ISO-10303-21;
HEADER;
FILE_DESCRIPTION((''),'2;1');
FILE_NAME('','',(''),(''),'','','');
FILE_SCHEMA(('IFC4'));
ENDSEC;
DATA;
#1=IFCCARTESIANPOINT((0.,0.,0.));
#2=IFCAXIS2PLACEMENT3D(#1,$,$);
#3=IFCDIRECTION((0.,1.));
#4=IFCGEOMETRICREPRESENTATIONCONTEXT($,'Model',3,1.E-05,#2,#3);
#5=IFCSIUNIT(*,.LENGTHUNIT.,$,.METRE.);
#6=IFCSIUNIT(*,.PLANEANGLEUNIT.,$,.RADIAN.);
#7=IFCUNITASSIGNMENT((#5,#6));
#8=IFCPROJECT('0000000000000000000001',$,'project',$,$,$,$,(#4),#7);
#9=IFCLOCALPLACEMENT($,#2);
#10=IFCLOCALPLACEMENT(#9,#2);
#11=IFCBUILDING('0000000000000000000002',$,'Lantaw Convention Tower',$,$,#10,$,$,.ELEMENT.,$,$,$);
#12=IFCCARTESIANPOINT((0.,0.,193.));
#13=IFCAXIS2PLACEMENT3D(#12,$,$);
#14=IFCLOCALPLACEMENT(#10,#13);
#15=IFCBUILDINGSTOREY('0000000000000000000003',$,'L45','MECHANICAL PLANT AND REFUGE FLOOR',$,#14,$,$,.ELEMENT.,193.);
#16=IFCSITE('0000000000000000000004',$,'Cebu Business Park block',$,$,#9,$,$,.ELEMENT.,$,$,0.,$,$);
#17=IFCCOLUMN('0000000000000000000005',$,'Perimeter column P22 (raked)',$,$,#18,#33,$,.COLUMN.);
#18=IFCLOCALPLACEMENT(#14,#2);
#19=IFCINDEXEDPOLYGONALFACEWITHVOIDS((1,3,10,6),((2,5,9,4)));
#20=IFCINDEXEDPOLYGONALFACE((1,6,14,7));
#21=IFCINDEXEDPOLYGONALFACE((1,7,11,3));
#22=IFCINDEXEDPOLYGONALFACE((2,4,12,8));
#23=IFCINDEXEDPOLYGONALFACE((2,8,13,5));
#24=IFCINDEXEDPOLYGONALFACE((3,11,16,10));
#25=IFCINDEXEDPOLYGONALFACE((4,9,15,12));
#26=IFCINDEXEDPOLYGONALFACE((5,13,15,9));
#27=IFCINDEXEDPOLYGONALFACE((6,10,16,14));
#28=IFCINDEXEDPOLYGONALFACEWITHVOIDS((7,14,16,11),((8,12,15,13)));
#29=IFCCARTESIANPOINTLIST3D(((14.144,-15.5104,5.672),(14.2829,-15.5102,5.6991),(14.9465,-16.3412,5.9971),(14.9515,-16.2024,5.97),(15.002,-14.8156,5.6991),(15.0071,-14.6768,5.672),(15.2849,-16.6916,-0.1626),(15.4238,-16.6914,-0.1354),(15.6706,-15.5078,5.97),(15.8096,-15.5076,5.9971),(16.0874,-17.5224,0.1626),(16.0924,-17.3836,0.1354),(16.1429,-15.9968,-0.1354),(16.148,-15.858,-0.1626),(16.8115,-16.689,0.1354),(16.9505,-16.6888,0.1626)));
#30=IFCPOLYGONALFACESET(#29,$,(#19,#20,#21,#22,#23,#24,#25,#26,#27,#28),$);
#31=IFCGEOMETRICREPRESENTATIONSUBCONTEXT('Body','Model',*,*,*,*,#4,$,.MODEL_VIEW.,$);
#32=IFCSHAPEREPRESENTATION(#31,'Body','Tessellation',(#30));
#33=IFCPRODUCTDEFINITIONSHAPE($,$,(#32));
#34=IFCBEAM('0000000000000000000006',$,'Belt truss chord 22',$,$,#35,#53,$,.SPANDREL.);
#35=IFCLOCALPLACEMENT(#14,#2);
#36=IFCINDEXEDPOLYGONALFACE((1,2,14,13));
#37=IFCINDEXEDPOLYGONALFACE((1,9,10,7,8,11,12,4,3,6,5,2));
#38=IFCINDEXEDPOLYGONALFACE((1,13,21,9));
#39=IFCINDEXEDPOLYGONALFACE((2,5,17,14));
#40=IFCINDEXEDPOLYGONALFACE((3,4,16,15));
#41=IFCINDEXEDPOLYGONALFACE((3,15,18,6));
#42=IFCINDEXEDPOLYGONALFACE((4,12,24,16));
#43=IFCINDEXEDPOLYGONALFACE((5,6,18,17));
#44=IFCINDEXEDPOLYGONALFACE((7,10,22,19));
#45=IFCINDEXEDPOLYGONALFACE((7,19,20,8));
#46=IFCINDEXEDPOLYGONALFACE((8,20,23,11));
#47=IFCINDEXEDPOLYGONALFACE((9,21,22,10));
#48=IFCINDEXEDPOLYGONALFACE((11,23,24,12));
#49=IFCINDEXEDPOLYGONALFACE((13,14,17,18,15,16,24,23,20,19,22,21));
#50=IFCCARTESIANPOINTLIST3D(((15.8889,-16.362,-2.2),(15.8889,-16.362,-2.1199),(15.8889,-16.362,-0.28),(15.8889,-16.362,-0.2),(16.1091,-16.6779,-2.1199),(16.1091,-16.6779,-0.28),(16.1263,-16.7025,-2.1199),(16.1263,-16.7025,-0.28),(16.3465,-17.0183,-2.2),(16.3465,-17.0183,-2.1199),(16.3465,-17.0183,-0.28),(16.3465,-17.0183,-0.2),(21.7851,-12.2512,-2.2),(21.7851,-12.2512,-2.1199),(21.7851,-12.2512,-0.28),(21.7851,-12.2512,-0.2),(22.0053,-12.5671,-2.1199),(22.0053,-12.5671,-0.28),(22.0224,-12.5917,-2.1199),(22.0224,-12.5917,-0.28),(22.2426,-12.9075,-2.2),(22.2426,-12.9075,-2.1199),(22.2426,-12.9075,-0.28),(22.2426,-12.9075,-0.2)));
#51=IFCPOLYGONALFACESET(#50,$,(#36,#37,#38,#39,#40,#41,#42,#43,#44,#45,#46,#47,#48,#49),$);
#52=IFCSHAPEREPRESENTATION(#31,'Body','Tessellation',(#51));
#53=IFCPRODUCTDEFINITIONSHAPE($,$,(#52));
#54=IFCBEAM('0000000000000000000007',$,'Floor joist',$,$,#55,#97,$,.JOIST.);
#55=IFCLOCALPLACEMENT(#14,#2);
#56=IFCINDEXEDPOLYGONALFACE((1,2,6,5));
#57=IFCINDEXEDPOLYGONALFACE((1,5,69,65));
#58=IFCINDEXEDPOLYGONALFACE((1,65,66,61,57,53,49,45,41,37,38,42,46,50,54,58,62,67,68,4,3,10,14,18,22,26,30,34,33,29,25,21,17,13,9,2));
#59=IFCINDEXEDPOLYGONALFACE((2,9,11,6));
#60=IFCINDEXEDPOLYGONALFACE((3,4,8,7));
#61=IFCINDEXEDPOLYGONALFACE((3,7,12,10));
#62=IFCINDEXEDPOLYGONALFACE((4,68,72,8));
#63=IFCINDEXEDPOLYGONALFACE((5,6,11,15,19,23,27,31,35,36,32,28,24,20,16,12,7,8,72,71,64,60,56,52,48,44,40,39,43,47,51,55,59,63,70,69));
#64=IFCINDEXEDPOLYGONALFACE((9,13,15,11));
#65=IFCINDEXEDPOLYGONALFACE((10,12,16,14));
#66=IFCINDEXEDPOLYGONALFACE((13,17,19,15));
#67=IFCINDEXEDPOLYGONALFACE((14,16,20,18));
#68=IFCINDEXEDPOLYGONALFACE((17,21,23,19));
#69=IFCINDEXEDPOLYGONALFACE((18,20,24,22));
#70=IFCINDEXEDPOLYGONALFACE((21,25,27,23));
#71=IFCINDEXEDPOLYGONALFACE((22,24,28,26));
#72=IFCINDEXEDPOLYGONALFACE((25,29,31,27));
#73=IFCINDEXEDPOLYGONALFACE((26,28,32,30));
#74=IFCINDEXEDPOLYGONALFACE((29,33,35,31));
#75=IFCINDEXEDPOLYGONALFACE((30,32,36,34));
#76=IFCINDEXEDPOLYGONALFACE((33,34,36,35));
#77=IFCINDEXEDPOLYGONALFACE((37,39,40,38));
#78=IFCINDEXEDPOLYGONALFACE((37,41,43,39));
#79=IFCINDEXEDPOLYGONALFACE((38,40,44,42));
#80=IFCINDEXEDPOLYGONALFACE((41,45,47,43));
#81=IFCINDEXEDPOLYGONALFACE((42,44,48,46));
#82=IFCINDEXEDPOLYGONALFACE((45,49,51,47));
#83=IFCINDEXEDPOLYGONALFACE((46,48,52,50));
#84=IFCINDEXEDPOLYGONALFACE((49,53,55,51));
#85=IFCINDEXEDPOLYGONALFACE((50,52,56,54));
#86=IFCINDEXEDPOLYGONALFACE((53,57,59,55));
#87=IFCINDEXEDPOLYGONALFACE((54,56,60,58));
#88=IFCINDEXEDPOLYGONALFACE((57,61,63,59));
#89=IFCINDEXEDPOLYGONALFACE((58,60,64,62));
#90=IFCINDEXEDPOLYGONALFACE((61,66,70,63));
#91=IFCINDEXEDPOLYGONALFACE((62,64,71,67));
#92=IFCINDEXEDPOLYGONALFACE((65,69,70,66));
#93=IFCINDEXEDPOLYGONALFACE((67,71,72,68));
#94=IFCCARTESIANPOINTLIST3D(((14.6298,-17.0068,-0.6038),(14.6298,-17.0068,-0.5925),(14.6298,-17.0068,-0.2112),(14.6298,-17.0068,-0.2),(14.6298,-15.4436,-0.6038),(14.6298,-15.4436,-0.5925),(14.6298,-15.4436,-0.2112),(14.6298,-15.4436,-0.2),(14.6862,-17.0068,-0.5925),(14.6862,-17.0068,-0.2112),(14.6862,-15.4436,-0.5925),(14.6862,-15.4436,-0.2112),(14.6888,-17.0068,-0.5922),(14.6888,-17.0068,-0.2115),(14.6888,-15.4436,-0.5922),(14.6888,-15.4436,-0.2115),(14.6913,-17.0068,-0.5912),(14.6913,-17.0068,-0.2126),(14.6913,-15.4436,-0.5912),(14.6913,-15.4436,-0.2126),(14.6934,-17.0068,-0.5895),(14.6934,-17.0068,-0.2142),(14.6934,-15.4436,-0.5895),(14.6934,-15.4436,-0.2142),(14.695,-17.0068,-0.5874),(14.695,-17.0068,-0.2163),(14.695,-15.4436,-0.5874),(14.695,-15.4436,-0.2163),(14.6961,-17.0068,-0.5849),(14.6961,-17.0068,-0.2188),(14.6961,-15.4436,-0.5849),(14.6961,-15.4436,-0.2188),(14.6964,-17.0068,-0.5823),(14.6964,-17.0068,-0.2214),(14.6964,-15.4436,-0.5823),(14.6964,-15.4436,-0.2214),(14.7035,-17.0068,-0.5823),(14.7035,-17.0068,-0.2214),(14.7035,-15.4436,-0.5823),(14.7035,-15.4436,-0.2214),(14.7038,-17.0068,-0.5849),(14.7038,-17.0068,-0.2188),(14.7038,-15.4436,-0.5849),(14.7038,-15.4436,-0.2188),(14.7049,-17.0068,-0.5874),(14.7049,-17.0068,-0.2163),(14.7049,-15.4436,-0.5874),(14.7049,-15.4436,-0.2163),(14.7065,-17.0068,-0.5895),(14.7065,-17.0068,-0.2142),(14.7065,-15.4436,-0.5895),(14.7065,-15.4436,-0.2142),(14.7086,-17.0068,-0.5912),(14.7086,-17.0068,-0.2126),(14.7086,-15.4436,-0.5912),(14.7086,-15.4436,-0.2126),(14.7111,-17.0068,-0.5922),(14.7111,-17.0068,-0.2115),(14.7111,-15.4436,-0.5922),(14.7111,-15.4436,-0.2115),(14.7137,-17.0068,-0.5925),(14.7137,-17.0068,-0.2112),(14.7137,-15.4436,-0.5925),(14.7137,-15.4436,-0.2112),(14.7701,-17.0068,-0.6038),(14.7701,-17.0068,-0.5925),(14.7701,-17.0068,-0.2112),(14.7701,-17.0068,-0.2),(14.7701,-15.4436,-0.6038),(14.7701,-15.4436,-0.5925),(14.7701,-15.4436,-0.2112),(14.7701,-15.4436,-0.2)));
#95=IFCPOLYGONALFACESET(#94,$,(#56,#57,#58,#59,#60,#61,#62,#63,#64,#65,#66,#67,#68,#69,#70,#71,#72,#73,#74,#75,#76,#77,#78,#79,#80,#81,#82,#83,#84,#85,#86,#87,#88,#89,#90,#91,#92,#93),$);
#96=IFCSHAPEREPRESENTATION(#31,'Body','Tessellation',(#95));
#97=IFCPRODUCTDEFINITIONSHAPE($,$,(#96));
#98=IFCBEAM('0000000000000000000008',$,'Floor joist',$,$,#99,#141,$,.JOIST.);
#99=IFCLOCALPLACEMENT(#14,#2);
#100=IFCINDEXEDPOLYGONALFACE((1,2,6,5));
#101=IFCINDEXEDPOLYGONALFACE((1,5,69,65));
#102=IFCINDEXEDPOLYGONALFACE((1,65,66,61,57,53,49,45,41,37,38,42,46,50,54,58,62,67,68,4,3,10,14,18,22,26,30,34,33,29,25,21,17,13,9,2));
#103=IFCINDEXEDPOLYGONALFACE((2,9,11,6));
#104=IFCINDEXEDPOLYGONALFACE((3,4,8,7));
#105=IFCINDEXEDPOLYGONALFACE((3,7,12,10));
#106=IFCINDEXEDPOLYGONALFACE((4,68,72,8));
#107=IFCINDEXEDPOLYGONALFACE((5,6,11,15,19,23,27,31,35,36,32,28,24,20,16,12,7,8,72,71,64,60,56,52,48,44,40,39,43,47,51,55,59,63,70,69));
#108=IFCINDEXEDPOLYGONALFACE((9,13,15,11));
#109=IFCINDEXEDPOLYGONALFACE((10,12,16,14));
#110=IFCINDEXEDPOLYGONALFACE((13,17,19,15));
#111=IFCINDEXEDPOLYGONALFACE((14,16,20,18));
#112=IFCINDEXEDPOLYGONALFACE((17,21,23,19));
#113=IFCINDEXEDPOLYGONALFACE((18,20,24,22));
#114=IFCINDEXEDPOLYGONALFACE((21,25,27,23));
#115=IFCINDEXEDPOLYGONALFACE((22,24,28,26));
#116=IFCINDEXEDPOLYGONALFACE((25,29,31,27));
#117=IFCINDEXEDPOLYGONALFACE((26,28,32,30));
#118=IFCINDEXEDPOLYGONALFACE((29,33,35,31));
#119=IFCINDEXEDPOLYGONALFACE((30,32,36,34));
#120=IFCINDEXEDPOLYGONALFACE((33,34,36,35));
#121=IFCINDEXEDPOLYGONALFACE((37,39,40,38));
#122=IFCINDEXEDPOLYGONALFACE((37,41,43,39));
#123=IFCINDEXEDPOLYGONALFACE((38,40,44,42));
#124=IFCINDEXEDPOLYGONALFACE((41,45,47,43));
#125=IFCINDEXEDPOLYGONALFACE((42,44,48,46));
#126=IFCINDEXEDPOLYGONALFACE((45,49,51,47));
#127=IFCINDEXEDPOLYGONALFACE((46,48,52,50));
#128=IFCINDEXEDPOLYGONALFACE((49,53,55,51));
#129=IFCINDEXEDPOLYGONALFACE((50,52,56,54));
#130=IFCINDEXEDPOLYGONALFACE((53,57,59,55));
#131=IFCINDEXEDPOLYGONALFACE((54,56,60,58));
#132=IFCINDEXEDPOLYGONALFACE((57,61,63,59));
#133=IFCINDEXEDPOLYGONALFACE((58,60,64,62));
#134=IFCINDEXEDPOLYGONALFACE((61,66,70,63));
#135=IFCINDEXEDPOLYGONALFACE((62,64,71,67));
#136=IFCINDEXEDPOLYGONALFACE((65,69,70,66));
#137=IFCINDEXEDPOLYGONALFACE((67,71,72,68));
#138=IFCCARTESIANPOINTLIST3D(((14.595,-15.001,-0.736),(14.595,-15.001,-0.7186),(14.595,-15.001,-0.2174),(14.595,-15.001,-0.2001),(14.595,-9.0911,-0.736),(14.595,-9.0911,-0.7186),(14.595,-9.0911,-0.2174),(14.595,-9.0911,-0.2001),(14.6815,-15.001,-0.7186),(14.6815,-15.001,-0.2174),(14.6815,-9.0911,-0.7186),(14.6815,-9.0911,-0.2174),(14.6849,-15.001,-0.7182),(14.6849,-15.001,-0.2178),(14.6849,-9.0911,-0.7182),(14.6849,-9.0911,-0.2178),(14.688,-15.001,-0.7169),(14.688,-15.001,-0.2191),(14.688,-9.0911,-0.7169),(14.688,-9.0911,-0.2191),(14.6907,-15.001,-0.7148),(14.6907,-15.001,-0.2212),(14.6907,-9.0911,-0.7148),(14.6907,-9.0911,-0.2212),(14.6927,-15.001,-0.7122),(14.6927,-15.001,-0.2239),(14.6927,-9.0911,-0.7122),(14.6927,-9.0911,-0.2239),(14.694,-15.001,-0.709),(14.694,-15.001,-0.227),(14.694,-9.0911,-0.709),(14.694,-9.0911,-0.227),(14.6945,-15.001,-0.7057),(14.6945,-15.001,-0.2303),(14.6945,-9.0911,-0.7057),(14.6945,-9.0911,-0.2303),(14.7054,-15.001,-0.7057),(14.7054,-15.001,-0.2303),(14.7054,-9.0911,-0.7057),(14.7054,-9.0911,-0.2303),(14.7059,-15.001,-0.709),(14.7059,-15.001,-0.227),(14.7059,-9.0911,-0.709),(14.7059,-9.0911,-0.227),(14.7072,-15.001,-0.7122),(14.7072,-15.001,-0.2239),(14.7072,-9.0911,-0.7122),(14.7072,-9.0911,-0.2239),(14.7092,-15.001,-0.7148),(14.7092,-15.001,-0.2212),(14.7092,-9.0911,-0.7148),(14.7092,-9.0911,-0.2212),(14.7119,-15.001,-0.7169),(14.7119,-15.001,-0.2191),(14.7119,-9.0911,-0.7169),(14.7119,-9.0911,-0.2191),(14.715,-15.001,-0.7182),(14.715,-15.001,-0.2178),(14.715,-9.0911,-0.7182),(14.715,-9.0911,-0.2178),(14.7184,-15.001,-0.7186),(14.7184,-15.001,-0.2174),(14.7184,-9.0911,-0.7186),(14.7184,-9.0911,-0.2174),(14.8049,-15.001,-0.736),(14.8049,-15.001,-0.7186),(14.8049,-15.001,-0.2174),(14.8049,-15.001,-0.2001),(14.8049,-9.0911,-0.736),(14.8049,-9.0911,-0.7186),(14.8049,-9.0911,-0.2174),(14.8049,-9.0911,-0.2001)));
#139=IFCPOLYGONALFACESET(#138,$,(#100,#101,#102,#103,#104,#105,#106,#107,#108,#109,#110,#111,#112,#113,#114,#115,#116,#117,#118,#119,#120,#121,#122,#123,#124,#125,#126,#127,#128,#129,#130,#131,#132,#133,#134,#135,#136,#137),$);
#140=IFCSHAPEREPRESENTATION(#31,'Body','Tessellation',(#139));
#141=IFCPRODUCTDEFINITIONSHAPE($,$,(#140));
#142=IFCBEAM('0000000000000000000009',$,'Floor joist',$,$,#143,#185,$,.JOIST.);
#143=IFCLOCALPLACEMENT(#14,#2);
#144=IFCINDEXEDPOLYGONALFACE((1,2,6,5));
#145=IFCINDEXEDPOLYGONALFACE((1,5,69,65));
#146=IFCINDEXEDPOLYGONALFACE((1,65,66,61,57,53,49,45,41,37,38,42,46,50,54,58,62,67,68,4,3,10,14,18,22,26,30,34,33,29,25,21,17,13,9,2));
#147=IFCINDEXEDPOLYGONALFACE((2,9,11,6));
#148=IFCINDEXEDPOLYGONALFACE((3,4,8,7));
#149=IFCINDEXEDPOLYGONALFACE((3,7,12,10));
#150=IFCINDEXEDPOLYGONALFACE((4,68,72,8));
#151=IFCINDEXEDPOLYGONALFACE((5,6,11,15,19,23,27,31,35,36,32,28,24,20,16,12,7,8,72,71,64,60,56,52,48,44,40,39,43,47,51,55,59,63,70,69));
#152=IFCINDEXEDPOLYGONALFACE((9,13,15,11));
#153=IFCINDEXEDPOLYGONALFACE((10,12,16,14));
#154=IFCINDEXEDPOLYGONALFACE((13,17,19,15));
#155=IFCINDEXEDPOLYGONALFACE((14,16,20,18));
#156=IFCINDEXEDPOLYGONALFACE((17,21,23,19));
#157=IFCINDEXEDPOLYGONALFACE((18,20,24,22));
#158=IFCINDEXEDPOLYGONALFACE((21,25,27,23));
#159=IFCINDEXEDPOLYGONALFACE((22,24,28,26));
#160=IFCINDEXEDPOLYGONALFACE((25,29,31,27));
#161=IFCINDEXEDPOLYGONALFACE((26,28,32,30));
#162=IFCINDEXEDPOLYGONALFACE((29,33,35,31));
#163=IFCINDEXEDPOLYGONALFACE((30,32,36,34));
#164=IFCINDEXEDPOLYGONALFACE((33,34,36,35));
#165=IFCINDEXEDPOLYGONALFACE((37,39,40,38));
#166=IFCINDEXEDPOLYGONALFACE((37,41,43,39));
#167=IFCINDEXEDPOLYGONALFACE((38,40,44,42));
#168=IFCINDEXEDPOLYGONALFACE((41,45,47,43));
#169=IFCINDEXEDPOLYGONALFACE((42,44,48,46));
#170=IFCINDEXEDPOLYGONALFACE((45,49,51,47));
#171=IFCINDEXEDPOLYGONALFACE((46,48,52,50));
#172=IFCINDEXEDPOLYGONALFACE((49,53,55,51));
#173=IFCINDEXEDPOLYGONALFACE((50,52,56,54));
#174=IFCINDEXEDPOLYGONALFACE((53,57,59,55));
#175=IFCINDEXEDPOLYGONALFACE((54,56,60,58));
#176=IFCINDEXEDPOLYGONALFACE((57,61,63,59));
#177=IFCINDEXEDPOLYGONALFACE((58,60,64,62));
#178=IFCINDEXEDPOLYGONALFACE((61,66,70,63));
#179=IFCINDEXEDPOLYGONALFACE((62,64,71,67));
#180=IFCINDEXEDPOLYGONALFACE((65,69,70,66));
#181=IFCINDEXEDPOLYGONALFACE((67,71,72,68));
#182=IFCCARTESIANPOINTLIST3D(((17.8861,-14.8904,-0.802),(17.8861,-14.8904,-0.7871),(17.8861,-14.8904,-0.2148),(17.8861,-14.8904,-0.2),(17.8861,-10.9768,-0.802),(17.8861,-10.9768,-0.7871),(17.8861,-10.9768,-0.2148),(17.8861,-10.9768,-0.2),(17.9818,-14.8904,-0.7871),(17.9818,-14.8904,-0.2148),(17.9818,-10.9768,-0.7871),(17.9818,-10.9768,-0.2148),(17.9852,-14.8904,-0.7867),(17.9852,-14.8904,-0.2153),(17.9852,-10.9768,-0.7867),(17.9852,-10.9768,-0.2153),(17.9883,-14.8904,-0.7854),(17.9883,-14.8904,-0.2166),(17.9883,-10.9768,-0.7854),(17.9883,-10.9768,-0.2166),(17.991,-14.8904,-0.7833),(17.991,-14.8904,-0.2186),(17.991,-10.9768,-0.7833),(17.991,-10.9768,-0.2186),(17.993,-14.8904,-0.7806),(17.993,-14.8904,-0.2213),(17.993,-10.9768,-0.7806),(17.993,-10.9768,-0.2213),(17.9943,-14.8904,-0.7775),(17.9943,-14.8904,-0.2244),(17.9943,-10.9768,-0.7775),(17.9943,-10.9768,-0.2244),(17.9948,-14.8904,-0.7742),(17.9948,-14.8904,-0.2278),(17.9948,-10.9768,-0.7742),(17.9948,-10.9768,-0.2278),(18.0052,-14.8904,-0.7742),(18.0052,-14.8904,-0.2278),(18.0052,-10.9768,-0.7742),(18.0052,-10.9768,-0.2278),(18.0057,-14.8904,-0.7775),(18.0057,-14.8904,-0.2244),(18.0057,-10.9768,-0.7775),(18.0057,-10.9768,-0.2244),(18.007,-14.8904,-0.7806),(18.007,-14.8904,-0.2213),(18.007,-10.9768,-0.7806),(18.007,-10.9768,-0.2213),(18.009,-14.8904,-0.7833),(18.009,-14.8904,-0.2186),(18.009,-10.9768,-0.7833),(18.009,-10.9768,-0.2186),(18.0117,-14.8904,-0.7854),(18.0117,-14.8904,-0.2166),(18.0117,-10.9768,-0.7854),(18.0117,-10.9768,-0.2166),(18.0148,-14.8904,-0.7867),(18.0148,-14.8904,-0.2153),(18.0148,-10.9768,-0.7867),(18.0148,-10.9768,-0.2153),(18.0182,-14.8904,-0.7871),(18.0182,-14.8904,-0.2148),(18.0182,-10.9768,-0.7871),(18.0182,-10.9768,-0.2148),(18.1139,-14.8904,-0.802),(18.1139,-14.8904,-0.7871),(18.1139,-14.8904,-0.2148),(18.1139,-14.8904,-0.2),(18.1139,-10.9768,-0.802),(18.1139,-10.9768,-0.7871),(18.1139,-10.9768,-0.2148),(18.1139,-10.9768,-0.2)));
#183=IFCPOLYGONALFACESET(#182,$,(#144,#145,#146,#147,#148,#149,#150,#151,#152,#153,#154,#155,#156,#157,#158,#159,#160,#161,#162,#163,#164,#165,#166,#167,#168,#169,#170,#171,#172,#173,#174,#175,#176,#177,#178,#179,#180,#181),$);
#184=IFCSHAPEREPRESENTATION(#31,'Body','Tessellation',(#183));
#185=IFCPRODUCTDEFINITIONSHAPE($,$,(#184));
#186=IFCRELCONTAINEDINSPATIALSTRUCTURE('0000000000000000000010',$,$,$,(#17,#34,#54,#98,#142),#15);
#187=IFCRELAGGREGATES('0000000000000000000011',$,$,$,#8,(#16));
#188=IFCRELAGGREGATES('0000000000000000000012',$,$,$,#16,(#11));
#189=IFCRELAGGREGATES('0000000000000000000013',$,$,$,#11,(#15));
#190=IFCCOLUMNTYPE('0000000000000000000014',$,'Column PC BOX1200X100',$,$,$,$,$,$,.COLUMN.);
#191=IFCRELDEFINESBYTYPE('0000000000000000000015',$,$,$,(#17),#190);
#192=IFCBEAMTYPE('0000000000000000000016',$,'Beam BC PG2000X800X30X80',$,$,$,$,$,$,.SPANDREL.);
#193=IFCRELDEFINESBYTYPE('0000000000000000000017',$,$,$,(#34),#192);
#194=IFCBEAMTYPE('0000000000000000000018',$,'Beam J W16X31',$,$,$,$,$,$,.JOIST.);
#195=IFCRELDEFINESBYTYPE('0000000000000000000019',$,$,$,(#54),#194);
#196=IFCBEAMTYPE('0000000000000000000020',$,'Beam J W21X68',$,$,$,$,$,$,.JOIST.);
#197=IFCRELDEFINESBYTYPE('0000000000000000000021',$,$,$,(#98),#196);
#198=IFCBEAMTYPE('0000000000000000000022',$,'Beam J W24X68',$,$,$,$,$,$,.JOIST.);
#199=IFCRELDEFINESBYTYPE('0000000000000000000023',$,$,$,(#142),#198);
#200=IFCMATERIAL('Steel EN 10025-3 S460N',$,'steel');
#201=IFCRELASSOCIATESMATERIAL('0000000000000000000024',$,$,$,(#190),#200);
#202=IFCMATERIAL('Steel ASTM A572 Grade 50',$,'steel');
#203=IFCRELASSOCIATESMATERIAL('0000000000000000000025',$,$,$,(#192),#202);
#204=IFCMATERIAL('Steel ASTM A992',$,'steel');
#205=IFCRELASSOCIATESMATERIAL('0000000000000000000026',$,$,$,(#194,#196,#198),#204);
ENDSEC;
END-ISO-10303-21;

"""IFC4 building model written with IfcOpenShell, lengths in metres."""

from ifc_helpers import new_model, si_unit, direction, frame, origin, origin_2d, place, context, subcontext, project, spatial, rectangle, hollow_rectangle, i_section, extrude, material, material_profile, profile_set, type_object, element, save


model = new_model("IFC4")

# Units and contexts
model_context = context("Model", 3, precision=1e-05, world=origin(), true_north=direction((0.0, 1.0)))
body_context = subcontext(model_context, "Body", "Model", "MODEL_VIEW")
ifc_project = project(units=[si_unit("LENGTHUNIT", "METRE"), si_unit("PLANEANGLEUNIT", "RADIAN")], contexts=[model_context])

# Site, building, storey
site_placement = place(None, origin())
site = spatial("IfcSite", under=ifc_project, at=site_placement, Name="Cebu Business Park block", CompositionType="ELEMENT", RefElevation=0.0)
building_placement = place(site_placement, origin())
building = spatial("IfcBuilding", under=site, at=building_placement, Name="Lantaw Convention Tower", CompositionType="ELEMENT")
storey_placement = place(building_placement, frame((0.0, 0.0, 193.0)))
storey = spatial("IfcBuildingStorey", under=building, at=storey_placement, Name="L45", Description="MECHANICAL PLANT AND REFUGE FLOOR", CompositionType="ELEMENT", Elevation=193.0)

# Column
ifc_material_1 = material(Name="Steel EN 10025-3 S460N", Category="steel")
ifc_material_profile_1 = material_profile(ifc_material_1, hollow_rectangle(XDim=1.2, YDim=1.2, WallThickness=0.1001, at=origin_2d()), Name="BOX1200X100")
ifc_material_2 = material(Name="Concrete C60/75", Category="concrete")
ifc_material_profile_2 = material_profile(ifc_material_2, rectangle(XDim=1.0, YDim=1.0, at=origin_2d()), Name="Concrete fill of BOX1200X100")
ifc_profile_set_1 = profile_set([ifc_material_profile_1, ifc_material_profile_2], Name="Steel EN 10025-3 S460N")
column_type = type_object("IfcColumnType", Name="Column PC BOX1200X100", PredefinedType="COLUMN", material=ifc_profile_set_1)
column_placement = place(storey_placement, frame((16.1177, -16.6902, 0.0), z_axis=(-0.188226, 0.194872, 0.962599), x_axis=(-0.719266, -0.694735, 0.0)))
element("IfcColumn", 1, at=column_placement, inside=storey, type_object=column_type, Name="Perimeter column P22 (raked)", PredefinedType="COLUMN", context=body_context, shape_type="SweptSolid", body=[
    extrude(hollow_rectangle(XDim=1.2, YDim=1.2, WallThickness=0.1001, at=origin_2d()), origin(), (0.0, 0.0, 1.0), 6.0613),
])

# Beams
ifc_material_3 = material(Name="Steel ASTM A572 Grade 50", Category="steel")
ifc_material_profile_3 = material_profile(ifc_material_3, i_section(OverallWidth=0.8, OverallDepth=2.0, WebThickness=0.03, FlangeThickness=0.0801, at=origin_2d()), Name="PG2000X800X30X80")
ifc_profile_set_2 = profile_set([ifc_material_profile_3], Name="Steel ASTM A572 Grade 50")
beam_type_1 = type_object("IfcBeamType", Name="Beam BC PG2000X800X30X80", PredefinedType="SPANDREL", material=ifc_profile_set_2)
beam_1_placement = place(storey_placement, frame((16.1177, -16.6902, -1.2), z_axis=(0.820311, 0.571918, 0.0), x_axis=(-0.571918, 0.820311, 0.0)))
element("IfcBeam", 2, at=beam_1_placement, inside=storey, type_object=beam_type_1, Name="Belt truss chord 22", PredefinedType="SPANDREL", context=body_context, shape_type="SweptSolid", body=[
    extrude(i_section(OverallWidth=0.8, OverallDepth=2.0, WebThickness=0.03, FlangeThickness=0.0801, at=origin_2d()), origin(), (0.0, 0.0, 1.0), 7.1877),
])
ifc_material_4 = material(Name="Steel ASTM A992", Category="steel")
ifc_material_profile_4 = material_profile(ifc_material_4, i_section(OverallWidth=0.1404, OverallDepth=0.4038, WebThickness=0.0071, FlangeThickness=0.0112, FilletRadius=0.0103, at=origin_2d()), Name="W16X31")
ifc_profile_set_3 = profile_set([ifc_material_profile_4], Name="Steel ASTM A992")
beam_type_2 = type_object("IfcBeamType", Name="Beam J W16X31", PredefinedType="JOIST", material=ifc_profile_set_3)
beam_2_placement = place(storey_placement, frame((14.7, -17.0068, -0.4019), z_axis=(0.0, 1.0, 0.0), x_axis=(-1.0, 0.0, 0.0)))
element("IfcBeam", 3, at=beam_2_placement, inside=storey, type_object=beam_type_2, Name="Floor joist", PredefinedType="JOIST", context=body_context, shape_type="SweptSolid", body=[
    extrude(i_section(OverallWidth=0.1404, OverallDepth=0.4038, WebThickness=0.0071, FlangeThickness=0.0112, FilletRadius=0.0103, at=origin_2d()), origin(), (0.0, 0.0, 1.0), 1.5632),
])
ifc_material_profile_5 = material_profile(ifc_material_4, i_section(OverallWidth=0.21, OverallDepth=0.5359, WebThickness=0.011, FlangeThickness=0.0173, FilletRadius=0.0129, at=origin_2d()), Name="W21X68")
ifc_profile_set_4 = profile_set([ifc_material_profile_5], Name="Steel ASTM A992")
beam_type_3 = type_object("IfcBeamType", Name="Beam J W21X68", PredefinedType="JOIST", material=ifc_profile_set_4)
beam_3_placement = place(storey_placement, frame((14.7, -15.001, -0.468), z_axis=(0.0, 1.0, 0.0), x_axis=(-1.0, 0.0, 0.0)))
element("IfcBeam", 4, at=beam_3_placement, inside=storey, type_object=beam_type_3, Name="Floor joist", PredefinedType="JOIST", context=body_context, shape_type="SweptSolid", body=[
    extrude(i_section(OverallWidth=0.21, OverallDepth=0.5359, WebThickness=0.011, FlangeThickness=0.0173, FilletRadius=0.0129, at=origin_2d()), origin(), (0.0, 0.0, 1.0), 5.9099),
])
ifc_material_profile_6 = material_profile(ifc_material_4, i_section(OverallWidth=0.2278, OverallDepth=0.6021, WebThickness=0.0105, FlangeThickness=0.0149, FilletRadius=0.0129, at=origin_2d()), Name="W24X68")
ifc_profile_set_5 = profile_set([ifc_material_profile_6], Name="Steel ASTM A992")
beam_type_4 = type_object("IfcBeamType", Name="Beam J W24X68", PredefinedType="JOIST", material=ifc_profile_set_5)
beam_4_placement = place(storey_placement, frame((18.0, -14.8904, -0.501), z_axis=(0.0, 1.0, 0.0), x_axis=(-1.0, 0.0, 0.0)))
element("IfcBeam", 5, at=beam_4_placement, inside=storey, type_object=beam_type_4, Name="Floor joist", PredefinedType="JOIST", context=body_context, shape_type="SweptSolid", body=[
    extrude(i_section(OverallWidth=0.2278, OverallDepth=0.6021, WebThickness=0.0105, FlangeThickness=0.0149, FilletRadius=0.0129, at=origin_2d()), origin(), (0.0, 0.0, 1.0), 3.9136),
])

save(model, "model.ifc")
